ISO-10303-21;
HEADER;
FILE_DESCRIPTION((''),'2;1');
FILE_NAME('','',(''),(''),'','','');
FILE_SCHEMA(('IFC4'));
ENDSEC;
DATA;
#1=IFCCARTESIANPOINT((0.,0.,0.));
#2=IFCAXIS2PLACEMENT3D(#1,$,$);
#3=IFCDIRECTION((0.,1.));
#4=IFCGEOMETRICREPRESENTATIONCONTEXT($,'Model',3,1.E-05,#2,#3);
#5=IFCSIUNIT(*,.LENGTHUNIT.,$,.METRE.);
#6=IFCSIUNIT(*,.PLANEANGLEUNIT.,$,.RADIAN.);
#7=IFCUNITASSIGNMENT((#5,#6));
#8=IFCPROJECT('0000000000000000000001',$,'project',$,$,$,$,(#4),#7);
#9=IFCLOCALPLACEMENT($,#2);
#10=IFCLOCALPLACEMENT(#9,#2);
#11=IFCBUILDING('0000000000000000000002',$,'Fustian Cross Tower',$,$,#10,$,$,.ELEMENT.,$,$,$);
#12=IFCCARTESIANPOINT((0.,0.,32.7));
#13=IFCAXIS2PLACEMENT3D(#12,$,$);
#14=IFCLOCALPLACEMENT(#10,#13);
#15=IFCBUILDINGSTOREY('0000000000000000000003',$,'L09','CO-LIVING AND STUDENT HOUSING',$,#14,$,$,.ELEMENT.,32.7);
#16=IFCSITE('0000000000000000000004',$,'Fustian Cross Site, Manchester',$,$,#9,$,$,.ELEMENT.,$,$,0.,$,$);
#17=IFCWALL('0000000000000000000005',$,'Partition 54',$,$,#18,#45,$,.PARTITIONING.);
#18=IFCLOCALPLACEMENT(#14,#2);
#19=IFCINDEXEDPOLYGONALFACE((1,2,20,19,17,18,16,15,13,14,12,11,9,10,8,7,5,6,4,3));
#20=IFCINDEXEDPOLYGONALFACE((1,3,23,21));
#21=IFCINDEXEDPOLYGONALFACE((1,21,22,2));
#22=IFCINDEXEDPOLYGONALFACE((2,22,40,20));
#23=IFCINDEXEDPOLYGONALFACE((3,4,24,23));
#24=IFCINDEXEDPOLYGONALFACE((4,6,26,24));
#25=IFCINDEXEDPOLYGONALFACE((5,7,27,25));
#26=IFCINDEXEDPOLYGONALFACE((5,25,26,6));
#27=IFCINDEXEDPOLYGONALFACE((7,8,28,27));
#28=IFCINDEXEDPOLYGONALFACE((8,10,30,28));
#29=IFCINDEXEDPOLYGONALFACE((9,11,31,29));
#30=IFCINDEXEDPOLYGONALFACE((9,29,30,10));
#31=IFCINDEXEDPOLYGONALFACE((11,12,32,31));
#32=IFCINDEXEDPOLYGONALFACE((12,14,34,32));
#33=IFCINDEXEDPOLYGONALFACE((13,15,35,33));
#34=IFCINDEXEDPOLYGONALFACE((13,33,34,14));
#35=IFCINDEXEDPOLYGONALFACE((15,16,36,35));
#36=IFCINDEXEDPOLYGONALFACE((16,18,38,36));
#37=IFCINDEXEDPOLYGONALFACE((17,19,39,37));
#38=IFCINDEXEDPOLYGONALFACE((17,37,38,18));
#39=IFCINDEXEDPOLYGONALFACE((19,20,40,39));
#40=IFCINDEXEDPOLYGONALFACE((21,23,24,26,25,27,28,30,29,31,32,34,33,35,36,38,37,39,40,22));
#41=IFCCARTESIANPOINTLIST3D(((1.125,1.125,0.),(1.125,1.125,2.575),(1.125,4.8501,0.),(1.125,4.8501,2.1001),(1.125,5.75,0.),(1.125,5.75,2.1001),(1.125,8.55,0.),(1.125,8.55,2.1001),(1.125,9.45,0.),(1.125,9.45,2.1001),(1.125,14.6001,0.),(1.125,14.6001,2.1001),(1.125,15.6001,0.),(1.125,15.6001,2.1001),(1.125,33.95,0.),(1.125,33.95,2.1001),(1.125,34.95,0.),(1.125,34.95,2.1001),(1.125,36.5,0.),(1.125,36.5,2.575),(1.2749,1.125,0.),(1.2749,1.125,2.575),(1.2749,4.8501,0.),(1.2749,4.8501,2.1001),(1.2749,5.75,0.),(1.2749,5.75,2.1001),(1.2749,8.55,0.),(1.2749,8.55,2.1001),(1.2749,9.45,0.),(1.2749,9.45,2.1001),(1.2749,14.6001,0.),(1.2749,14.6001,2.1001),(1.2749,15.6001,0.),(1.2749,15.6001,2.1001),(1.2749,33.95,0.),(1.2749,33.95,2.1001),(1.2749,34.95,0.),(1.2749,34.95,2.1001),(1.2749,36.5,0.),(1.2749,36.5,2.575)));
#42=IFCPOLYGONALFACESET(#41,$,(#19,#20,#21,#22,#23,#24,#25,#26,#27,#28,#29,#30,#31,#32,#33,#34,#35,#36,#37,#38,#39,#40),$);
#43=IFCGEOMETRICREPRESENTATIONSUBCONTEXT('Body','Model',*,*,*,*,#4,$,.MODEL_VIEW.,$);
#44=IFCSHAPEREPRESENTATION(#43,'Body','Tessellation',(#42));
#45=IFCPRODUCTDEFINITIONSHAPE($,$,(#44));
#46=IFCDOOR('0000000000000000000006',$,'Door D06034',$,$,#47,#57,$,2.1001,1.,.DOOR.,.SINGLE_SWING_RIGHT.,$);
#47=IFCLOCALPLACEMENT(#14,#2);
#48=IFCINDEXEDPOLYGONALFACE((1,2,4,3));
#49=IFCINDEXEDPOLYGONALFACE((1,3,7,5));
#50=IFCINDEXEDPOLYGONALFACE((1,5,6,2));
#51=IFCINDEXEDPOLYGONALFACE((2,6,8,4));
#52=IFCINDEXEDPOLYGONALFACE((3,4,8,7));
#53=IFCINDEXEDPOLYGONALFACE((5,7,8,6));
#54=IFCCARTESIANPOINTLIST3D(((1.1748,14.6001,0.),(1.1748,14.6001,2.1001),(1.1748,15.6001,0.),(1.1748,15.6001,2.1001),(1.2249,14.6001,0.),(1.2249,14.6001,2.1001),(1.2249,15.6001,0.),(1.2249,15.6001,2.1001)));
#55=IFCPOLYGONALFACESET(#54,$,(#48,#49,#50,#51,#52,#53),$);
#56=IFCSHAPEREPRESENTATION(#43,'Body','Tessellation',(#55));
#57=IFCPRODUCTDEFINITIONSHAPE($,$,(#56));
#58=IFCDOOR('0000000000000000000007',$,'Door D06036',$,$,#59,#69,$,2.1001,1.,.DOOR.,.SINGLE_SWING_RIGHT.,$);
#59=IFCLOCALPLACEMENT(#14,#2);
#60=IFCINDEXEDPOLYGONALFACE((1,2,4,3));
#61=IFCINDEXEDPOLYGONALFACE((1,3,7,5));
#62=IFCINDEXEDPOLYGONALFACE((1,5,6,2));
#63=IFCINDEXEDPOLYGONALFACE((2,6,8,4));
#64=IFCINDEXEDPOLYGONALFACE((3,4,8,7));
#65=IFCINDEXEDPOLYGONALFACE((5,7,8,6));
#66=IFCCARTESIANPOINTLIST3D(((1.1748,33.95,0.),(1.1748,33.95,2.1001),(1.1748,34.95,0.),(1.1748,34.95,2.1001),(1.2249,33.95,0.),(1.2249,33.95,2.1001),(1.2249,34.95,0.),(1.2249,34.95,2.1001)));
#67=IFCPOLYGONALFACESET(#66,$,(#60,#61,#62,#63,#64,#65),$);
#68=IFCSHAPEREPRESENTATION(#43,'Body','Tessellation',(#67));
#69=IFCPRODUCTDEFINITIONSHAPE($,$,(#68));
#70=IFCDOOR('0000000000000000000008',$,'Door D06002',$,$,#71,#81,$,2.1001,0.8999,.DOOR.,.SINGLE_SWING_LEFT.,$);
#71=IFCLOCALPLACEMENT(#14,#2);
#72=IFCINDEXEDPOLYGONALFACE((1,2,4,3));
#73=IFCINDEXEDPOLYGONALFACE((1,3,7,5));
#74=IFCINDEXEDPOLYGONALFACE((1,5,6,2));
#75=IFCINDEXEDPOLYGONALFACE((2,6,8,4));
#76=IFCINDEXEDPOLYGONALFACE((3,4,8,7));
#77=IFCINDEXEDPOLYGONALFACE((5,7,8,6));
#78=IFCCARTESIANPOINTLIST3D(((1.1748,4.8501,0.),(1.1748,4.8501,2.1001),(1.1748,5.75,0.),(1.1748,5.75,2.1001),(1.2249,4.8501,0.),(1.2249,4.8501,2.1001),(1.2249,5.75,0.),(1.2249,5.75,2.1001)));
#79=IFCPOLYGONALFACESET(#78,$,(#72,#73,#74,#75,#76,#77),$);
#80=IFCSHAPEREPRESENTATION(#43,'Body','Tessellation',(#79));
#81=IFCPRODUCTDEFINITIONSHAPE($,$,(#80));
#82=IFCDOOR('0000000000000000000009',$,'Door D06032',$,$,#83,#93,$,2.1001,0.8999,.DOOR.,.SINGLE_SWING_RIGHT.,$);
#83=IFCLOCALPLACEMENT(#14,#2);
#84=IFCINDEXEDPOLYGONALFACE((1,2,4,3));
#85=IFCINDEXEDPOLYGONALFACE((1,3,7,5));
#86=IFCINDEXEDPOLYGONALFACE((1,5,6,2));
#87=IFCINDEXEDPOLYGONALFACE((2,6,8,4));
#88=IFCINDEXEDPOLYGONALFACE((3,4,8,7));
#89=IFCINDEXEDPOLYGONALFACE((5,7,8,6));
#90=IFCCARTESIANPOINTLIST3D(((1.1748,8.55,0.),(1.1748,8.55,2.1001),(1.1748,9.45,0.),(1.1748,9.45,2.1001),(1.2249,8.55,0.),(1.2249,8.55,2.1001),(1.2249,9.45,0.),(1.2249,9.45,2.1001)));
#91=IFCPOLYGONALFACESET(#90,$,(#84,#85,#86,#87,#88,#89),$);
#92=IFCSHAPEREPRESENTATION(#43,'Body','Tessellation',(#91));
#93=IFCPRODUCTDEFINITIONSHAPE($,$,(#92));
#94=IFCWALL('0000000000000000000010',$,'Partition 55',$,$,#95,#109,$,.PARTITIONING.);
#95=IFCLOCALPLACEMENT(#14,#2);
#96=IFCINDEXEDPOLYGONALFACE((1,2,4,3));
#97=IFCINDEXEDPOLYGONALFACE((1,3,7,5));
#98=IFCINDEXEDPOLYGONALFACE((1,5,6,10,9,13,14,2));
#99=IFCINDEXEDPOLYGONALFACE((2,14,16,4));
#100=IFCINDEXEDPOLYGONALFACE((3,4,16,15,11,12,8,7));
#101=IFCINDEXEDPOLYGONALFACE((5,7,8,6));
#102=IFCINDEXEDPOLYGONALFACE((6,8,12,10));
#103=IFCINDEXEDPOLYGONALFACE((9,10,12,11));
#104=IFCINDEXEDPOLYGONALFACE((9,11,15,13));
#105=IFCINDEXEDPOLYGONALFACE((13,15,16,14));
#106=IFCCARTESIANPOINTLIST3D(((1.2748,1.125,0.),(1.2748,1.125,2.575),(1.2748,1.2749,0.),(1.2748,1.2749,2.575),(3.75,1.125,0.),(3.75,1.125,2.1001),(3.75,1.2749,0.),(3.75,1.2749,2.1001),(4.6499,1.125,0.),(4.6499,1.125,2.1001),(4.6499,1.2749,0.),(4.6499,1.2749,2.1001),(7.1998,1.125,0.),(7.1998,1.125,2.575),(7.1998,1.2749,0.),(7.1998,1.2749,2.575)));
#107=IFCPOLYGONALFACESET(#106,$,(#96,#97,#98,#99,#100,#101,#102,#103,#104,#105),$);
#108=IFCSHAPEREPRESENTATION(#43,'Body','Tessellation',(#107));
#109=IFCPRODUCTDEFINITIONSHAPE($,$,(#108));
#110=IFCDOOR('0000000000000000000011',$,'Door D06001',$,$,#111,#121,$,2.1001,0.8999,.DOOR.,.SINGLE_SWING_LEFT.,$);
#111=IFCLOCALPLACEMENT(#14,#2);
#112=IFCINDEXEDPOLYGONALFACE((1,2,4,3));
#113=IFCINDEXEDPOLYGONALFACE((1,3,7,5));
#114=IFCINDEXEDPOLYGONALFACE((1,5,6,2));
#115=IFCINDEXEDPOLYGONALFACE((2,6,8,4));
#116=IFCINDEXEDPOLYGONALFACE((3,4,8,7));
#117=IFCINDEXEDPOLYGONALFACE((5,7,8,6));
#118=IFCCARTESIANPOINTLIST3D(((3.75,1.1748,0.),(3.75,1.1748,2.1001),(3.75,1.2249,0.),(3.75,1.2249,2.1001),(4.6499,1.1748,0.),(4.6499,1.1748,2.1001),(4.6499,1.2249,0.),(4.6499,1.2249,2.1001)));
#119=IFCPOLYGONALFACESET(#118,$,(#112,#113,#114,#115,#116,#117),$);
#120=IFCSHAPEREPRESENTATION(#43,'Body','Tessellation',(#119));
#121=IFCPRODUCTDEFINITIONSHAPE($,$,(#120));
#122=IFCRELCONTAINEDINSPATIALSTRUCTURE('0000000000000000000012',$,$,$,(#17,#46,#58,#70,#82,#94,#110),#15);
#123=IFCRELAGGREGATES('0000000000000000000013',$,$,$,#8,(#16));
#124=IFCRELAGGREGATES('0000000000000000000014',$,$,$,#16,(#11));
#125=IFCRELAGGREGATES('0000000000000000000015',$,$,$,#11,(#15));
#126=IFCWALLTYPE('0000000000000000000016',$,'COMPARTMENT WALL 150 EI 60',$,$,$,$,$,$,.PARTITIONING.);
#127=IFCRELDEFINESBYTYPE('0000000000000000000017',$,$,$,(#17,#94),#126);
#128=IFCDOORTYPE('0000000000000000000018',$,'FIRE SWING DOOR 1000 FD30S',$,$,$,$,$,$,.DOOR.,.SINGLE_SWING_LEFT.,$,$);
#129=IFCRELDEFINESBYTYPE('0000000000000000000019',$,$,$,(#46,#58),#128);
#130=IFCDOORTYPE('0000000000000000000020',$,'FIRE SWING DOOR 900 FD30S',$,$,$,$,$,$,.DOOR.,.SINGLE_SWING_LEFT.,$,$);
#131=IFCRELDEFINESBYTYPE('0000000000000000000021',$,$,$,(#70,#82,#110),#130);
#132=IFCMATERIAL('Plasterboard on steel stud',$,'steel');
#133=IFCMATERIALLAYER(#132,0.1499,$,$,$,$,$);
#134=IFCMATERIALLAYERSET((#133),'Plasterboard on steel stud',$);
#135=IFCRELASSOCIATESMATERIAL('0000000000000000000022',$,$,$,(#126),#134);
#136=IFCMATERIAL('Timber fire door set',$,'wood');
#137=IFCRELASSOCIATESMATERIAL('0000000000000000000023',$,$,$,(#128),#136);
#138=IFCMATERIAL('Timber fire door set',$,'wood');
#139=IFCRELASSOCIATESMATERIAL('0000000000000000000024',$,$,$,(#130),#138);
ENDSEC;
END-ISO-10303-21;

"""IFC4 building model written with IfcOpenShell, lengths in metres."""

from ifc_helpers import new_model, si_unit, direction, frame, frame_2d, origin, place, context, subcontext, project, spatial, rectangle, extrude, material, layer, layer_set, type_object, element, fill, save


model = new_model("IFC4")

# Units and contexts
model_context = context("Model", 3, precision=1e-05, world=origin(), true_north=direction((0.0, 1.0)))
body_context = subcontext(model_context, "Body", "Model", "MODEL_VIEW")
ifc_project = project(units=[si_unit("LENGTHUNIT", "METRE"), si_unit("PLANEANGLEUNIT", "RADIAN")], contexts=[model_context])

# Site, building, storey
site_placement = place(None, origin())
site = spatial("IfcSite", under=ifc_project, at=site_placement, Name="Fustian Cross Site, Manchester", CompositionType="ELEMENT", RefElevation=0.0)
building_placement = place(site_placement, origin())
building = spatial("IfcBuilding", under=site, at=building_placement, Name="Fustian Cross Tower", CompositionType="ELEMENT")
storey_placement = place(building_placement, frame((0.0, 0.0, 32.7)))
storey = spatial("IfcBuildingStorey", under=building, at=storey_placement, Name="L09", Description="CO-LIVING AND STUDENT HOUSING", CompositionType="ELEMENT", Elevation=32.7)

# Wall, openings, doors
ifc_material_1 = material(Name="Plasterboard on steel stud", Category="steel")
ifc_layer_1 = layer(ifc_material_1, 0.1499)
ifc_layer_set_1 = layer_set([ifc_layer_1], Name="Plasterboard on steel stud")
wall_type_1 = type_object("IfcWallType", Name="COMPARTMENT WALL 150 EI 60", PredefinedType="PARTITIONING", material=ifc_layer_set_1)
wall_1_placement = place(storey_placement, frame((1.2, 1.125, 0.0), z_axis=(0.0, 0.0, 1.0), x_axis=(0.0, 1.0, 0.0)))
wall_1 = element("IfcWall", 1, at=wall_1_placement, inside=storey, type_object=wall_type_1, Name="Partition 54", PredefinedType="PARTITIONING", context=body_context, shape_type="SweptSolid", body=[
    extrude(rectangle(XDim=35.375, YDim=0.1499, at=frame_2d((17.6875, 0.0))), origin(), (0.0, 0.0, 1.0), 2.575),
])
opening_1_placement = place(wall_1_placement, frame((3.7251, 0.0, 0.0)))
opening_1 = element("IfcOpeningElement", 2, at=opening_1_placement, cuts=wall_1, PredefinedType="OPENING", context=body_context, shape_type="SweptSolid", body=[
    extrude(rectangle(XDim=0.8999, YDim=2.1001, at=frame_2d((0.45, 1.05))), frame((0.0, 0.085, 0.0), z_axis=(0.0, -1.0, 0.0), x_axis=(1.0, 0.0, 0.0)), (0.0, 0.0, 1.0), 0.1699),
])
opening_2_placement = place(wall_1_placement, frame((7.425, 0.0, 0.0)))
opening_2 = element("IfcOpeningElement", 3, at=opening_2_placement, cuts=wall_1, PredefinedType="OPENING", context=body_context, shape_type="SweptSolid", body=[
    extrude(rectangle(XDim=0.8999, YDim=2.1001, at=frame_2d((0.45, 1.05))), frame((0.0, 0.085, 0.0), z_axis=(0.0, -1.0, 0.0), x_axis=(1.0, 0.0, 0.0)), (0.0, 0.0, 1.0), 0.1699),
])
opening_3_placement = place(wall_1_placement, frame((13.4751, 0.0, 0.0)))
opening_3 = element("IfcOpeningElement", 4, at=opening_3_placement, cuts=wall_1, PredefinedType="OPENING", context=body_context, shape_type="SweptSolid", body=[
    extrude(rectangle(XDim=1.0, YDim=2.1001, at=frame_2d((0.5, 1.05))), frame((0.0, 0.085, 0.0), z_axis=(0.0, -1.0, 0.0), x_axis=(1.0, 0.0, 0.0)), (0.0, 0.0, 1.0), 0.1699),
])
opening_4_placement = place(wall_1_placement, frame((32.825, 0.0, 0.0)))
opening_4 = element("IfcOpeningElement", 5, at=opening_4_placement, cuts=wall_1, PredefinedType="OPENING", context=body_context, shape_type="SweptSolid", body=[
    extrude(rectangle(XDim=1.0, YDim=2.1001, at=frame_2d((0.5, 1.05))), frame((0.0, 0.085, 0.0), z_axis=(0.0, -1.0, 0.0), x_axis=(1.0, 0.0, 0.0)), (0.0, 0.0, 1.0), 0.1699),
])
ifc_material_2 = material(Name="Timber fire door set", Category="wood")
door_type_1 = type_object("IfcDoorType", Name="FIRE SWING DOOR 1000 FD30S", OperationType="SINGLE_SWING_LEFT", PredefinedType="DOOR", material=ifc_material_2)
door_1_placement = place(opening_3_placement, frame((1.0, 0.0, 0.0), z_axis=(0.0, 0.0, 1.0), x_axis=(-1.0, 0.0, 0.0)))
door_1 = element("IfcDoor", 6, at=door_1_placement, inside=storey, type_object=door_type_1, Name="Door D06034", OperationType="SINGLE_SWING_RIGHT", OverallHeight=2.1001, OverallWidth=1.0, PredefinedType="DOOR", context=body_context, shape_type="SweptSolid", body=[
    extrude(rectangle(XDim=1.0, YDim=2.1001, at=frame_2d((0.5, 1.05))), frame((0.0, 0.0249, 0.0), z_axis=(0.0, -1.0, 0.0), x_axis=(1.0, 0.0, 0.0)), (0.0, 0.0, 1.0), 0.05),
])
fill(opening_3, door_1)
door_2_placement = place(opening_4_placement, frame((1.0, 0.0, 0.0), z_axis=(0.0, 0.0, 1.0), x_axis=(-1.0, 0.0, 0.0)))
door_2 = element("IfcDoor", 7, at=door_2_placement, inside=storey, type_object=door_type_1, Name="Door D06036", OperationType="SINGLE_SWING_RIGHT", OverallHeight=2.1001, OverallWidth=1.0, PredefinedType="DOOR", context=body_context, shape_type="SweptSolid", body=[
    extrude(rectangle(XDim=1.0, YDim=2.1001, at=frame_2d((0.5, 1.05))), frame((0.0, 0.0249, 0.0), z_axis=(0.0, -1.0, 0.0), x_axis=(1.0, 0.0, 0.0)), (0.0, 0.0, 1.0), 0.05),
])
fill(opening_4, door_2)
ifc_material_3 = material(Name="Timber fire door set", Category="wood")
door_type_2 = type_object("IfcDoorType", Name="FIRE SWING DOOR 900 FD30S", OperationType="SINGLE_SWING_LEFT", PredefinedType="DOOR", material=ifc_material_3)
door_3_placement = place(opening_1_placement, frame((0.8999, 0.0, 0.0), z_axis=(0.0, 0.0, 1.0), x_axis=(-1.0, 0.0, 0.0)))
door_3 = element("IfcDoor", 8, at=door_3_placement, inside=storey, type_object=door_type_2, Name="Door D06002", OperationType="SINGLE_SWING_LEFT", OverallHeight=2.1001, OverallWidth=0.8999, PredefinedType="DOOR", context=body_context, shape_type="SweptSolid", body=[
    extrude(rectangle(XDim=0.8999, YDim=2.1001, at=frame_2d((0.45, 1.05))), frame((0.0, 0.0249, 0.0), z_axis=(0.0, -1.0, 0.0), x_axis=(1.0, 0.0, 0.0)), (0.0, 0.0, 1.0), 0.05),
])
fill(opening_1, door_3)
door_4_placement = place(opening_2_placement, frame((0.8999, 0.0, 0.0), z_axis=(0.0, 0.0, 1.0), x_axis=(-1.0, 0.0, 0.0)))
door_4 = element("IfcDoor", 9, at=door_4_placement, inside=storey, type_object=door_type_2, Name="Door D06032", OperationType="SINGLE_SWING_RIGHT", OverallHeight=2.1001, OverallWidth=0.8999, PredefinedType="DOOR", context=body_context, shape_type="SweptSolid", body=[
    extrude(rectangle(XDim=0.8999, YDim=2.1001, at=frame_2d((0.45, 1.05))), frame((0.0, 0.0249, 0.0), z_axis=(0.0, -1.0, 0.0), x_axis=(1.0, 0.0, 0.0)), (0.0, 0.0, 1.0), 0.05),
])
fill(opening_2, door_4)

# Wall, opening, door
wall_2_placement = place(storey_placement, frame((1.2749, 1.2, 0.0), z_axis=(0.0, 0.0, 1.0), x_axis=(1.0, 0.0, 0.0)))
wall_2 = element("IfcWall", 10, at=wall_2_placement, inside=storey, type_object=wall_type_1, Name="Partition 55", PredefinedType="PARTITIONING", context=body_context, shape_type="SweptSolid", body=[
    extrude(rectangle(XDim=5.925, YDim=0.1499, at=frame_2d((2.9624, 0.0))), origin(), (0.0, 0.0, 1.0), 2.575),
])
opening_5_placement = place(wall_2_placement, frame((2.4751, 0.0, 0.0)))
opening_5 = element("IfcOpeningElement", 11, at=opening_5_placement, cuts=wall_2, PredefinedType="OPENING", context=body_context, shape_type="SweptSolid", body=[
    extrude(rectangle(XDim=0.8999, YDim=2.1001, at=frame_2d((0.45, 1.05))), frame((0.0, 0.085, 0.0), z_axis=(0.0, -1.0, 0.0), x_axis=(1.0, 0.0, 0.0)), (0.0, 0.0, 1.0), 0.1699),
])
door_5_placement = place(opening_5_placement, origin())
door_5 = element("IfcDoor", 12, at=door_5_placement, inside=storey, type_object=door_type_2, Name="Door D06001", OperationType="SINGLE_SWING_LEFT", OverallHeight=2.1001, OverallWidth=0.8999, PredefinedType="DOOR", context=body_context, shape_type="SweptSolid", body=[
    extrude(rectangle(XDim=0.8999, YDim=2.1001, at=frame_2d((0.45, 1.05))), frame((0.0, 0.0249, 0.0), z_axis=(0.0, -1.0, 0.0), x_axis=(1.0, 0.0, 0.0)), (0.0, 0.0, 1.0), 0.05),
])
fill(opening_5, door_5)

save(model, "model.ifc")
